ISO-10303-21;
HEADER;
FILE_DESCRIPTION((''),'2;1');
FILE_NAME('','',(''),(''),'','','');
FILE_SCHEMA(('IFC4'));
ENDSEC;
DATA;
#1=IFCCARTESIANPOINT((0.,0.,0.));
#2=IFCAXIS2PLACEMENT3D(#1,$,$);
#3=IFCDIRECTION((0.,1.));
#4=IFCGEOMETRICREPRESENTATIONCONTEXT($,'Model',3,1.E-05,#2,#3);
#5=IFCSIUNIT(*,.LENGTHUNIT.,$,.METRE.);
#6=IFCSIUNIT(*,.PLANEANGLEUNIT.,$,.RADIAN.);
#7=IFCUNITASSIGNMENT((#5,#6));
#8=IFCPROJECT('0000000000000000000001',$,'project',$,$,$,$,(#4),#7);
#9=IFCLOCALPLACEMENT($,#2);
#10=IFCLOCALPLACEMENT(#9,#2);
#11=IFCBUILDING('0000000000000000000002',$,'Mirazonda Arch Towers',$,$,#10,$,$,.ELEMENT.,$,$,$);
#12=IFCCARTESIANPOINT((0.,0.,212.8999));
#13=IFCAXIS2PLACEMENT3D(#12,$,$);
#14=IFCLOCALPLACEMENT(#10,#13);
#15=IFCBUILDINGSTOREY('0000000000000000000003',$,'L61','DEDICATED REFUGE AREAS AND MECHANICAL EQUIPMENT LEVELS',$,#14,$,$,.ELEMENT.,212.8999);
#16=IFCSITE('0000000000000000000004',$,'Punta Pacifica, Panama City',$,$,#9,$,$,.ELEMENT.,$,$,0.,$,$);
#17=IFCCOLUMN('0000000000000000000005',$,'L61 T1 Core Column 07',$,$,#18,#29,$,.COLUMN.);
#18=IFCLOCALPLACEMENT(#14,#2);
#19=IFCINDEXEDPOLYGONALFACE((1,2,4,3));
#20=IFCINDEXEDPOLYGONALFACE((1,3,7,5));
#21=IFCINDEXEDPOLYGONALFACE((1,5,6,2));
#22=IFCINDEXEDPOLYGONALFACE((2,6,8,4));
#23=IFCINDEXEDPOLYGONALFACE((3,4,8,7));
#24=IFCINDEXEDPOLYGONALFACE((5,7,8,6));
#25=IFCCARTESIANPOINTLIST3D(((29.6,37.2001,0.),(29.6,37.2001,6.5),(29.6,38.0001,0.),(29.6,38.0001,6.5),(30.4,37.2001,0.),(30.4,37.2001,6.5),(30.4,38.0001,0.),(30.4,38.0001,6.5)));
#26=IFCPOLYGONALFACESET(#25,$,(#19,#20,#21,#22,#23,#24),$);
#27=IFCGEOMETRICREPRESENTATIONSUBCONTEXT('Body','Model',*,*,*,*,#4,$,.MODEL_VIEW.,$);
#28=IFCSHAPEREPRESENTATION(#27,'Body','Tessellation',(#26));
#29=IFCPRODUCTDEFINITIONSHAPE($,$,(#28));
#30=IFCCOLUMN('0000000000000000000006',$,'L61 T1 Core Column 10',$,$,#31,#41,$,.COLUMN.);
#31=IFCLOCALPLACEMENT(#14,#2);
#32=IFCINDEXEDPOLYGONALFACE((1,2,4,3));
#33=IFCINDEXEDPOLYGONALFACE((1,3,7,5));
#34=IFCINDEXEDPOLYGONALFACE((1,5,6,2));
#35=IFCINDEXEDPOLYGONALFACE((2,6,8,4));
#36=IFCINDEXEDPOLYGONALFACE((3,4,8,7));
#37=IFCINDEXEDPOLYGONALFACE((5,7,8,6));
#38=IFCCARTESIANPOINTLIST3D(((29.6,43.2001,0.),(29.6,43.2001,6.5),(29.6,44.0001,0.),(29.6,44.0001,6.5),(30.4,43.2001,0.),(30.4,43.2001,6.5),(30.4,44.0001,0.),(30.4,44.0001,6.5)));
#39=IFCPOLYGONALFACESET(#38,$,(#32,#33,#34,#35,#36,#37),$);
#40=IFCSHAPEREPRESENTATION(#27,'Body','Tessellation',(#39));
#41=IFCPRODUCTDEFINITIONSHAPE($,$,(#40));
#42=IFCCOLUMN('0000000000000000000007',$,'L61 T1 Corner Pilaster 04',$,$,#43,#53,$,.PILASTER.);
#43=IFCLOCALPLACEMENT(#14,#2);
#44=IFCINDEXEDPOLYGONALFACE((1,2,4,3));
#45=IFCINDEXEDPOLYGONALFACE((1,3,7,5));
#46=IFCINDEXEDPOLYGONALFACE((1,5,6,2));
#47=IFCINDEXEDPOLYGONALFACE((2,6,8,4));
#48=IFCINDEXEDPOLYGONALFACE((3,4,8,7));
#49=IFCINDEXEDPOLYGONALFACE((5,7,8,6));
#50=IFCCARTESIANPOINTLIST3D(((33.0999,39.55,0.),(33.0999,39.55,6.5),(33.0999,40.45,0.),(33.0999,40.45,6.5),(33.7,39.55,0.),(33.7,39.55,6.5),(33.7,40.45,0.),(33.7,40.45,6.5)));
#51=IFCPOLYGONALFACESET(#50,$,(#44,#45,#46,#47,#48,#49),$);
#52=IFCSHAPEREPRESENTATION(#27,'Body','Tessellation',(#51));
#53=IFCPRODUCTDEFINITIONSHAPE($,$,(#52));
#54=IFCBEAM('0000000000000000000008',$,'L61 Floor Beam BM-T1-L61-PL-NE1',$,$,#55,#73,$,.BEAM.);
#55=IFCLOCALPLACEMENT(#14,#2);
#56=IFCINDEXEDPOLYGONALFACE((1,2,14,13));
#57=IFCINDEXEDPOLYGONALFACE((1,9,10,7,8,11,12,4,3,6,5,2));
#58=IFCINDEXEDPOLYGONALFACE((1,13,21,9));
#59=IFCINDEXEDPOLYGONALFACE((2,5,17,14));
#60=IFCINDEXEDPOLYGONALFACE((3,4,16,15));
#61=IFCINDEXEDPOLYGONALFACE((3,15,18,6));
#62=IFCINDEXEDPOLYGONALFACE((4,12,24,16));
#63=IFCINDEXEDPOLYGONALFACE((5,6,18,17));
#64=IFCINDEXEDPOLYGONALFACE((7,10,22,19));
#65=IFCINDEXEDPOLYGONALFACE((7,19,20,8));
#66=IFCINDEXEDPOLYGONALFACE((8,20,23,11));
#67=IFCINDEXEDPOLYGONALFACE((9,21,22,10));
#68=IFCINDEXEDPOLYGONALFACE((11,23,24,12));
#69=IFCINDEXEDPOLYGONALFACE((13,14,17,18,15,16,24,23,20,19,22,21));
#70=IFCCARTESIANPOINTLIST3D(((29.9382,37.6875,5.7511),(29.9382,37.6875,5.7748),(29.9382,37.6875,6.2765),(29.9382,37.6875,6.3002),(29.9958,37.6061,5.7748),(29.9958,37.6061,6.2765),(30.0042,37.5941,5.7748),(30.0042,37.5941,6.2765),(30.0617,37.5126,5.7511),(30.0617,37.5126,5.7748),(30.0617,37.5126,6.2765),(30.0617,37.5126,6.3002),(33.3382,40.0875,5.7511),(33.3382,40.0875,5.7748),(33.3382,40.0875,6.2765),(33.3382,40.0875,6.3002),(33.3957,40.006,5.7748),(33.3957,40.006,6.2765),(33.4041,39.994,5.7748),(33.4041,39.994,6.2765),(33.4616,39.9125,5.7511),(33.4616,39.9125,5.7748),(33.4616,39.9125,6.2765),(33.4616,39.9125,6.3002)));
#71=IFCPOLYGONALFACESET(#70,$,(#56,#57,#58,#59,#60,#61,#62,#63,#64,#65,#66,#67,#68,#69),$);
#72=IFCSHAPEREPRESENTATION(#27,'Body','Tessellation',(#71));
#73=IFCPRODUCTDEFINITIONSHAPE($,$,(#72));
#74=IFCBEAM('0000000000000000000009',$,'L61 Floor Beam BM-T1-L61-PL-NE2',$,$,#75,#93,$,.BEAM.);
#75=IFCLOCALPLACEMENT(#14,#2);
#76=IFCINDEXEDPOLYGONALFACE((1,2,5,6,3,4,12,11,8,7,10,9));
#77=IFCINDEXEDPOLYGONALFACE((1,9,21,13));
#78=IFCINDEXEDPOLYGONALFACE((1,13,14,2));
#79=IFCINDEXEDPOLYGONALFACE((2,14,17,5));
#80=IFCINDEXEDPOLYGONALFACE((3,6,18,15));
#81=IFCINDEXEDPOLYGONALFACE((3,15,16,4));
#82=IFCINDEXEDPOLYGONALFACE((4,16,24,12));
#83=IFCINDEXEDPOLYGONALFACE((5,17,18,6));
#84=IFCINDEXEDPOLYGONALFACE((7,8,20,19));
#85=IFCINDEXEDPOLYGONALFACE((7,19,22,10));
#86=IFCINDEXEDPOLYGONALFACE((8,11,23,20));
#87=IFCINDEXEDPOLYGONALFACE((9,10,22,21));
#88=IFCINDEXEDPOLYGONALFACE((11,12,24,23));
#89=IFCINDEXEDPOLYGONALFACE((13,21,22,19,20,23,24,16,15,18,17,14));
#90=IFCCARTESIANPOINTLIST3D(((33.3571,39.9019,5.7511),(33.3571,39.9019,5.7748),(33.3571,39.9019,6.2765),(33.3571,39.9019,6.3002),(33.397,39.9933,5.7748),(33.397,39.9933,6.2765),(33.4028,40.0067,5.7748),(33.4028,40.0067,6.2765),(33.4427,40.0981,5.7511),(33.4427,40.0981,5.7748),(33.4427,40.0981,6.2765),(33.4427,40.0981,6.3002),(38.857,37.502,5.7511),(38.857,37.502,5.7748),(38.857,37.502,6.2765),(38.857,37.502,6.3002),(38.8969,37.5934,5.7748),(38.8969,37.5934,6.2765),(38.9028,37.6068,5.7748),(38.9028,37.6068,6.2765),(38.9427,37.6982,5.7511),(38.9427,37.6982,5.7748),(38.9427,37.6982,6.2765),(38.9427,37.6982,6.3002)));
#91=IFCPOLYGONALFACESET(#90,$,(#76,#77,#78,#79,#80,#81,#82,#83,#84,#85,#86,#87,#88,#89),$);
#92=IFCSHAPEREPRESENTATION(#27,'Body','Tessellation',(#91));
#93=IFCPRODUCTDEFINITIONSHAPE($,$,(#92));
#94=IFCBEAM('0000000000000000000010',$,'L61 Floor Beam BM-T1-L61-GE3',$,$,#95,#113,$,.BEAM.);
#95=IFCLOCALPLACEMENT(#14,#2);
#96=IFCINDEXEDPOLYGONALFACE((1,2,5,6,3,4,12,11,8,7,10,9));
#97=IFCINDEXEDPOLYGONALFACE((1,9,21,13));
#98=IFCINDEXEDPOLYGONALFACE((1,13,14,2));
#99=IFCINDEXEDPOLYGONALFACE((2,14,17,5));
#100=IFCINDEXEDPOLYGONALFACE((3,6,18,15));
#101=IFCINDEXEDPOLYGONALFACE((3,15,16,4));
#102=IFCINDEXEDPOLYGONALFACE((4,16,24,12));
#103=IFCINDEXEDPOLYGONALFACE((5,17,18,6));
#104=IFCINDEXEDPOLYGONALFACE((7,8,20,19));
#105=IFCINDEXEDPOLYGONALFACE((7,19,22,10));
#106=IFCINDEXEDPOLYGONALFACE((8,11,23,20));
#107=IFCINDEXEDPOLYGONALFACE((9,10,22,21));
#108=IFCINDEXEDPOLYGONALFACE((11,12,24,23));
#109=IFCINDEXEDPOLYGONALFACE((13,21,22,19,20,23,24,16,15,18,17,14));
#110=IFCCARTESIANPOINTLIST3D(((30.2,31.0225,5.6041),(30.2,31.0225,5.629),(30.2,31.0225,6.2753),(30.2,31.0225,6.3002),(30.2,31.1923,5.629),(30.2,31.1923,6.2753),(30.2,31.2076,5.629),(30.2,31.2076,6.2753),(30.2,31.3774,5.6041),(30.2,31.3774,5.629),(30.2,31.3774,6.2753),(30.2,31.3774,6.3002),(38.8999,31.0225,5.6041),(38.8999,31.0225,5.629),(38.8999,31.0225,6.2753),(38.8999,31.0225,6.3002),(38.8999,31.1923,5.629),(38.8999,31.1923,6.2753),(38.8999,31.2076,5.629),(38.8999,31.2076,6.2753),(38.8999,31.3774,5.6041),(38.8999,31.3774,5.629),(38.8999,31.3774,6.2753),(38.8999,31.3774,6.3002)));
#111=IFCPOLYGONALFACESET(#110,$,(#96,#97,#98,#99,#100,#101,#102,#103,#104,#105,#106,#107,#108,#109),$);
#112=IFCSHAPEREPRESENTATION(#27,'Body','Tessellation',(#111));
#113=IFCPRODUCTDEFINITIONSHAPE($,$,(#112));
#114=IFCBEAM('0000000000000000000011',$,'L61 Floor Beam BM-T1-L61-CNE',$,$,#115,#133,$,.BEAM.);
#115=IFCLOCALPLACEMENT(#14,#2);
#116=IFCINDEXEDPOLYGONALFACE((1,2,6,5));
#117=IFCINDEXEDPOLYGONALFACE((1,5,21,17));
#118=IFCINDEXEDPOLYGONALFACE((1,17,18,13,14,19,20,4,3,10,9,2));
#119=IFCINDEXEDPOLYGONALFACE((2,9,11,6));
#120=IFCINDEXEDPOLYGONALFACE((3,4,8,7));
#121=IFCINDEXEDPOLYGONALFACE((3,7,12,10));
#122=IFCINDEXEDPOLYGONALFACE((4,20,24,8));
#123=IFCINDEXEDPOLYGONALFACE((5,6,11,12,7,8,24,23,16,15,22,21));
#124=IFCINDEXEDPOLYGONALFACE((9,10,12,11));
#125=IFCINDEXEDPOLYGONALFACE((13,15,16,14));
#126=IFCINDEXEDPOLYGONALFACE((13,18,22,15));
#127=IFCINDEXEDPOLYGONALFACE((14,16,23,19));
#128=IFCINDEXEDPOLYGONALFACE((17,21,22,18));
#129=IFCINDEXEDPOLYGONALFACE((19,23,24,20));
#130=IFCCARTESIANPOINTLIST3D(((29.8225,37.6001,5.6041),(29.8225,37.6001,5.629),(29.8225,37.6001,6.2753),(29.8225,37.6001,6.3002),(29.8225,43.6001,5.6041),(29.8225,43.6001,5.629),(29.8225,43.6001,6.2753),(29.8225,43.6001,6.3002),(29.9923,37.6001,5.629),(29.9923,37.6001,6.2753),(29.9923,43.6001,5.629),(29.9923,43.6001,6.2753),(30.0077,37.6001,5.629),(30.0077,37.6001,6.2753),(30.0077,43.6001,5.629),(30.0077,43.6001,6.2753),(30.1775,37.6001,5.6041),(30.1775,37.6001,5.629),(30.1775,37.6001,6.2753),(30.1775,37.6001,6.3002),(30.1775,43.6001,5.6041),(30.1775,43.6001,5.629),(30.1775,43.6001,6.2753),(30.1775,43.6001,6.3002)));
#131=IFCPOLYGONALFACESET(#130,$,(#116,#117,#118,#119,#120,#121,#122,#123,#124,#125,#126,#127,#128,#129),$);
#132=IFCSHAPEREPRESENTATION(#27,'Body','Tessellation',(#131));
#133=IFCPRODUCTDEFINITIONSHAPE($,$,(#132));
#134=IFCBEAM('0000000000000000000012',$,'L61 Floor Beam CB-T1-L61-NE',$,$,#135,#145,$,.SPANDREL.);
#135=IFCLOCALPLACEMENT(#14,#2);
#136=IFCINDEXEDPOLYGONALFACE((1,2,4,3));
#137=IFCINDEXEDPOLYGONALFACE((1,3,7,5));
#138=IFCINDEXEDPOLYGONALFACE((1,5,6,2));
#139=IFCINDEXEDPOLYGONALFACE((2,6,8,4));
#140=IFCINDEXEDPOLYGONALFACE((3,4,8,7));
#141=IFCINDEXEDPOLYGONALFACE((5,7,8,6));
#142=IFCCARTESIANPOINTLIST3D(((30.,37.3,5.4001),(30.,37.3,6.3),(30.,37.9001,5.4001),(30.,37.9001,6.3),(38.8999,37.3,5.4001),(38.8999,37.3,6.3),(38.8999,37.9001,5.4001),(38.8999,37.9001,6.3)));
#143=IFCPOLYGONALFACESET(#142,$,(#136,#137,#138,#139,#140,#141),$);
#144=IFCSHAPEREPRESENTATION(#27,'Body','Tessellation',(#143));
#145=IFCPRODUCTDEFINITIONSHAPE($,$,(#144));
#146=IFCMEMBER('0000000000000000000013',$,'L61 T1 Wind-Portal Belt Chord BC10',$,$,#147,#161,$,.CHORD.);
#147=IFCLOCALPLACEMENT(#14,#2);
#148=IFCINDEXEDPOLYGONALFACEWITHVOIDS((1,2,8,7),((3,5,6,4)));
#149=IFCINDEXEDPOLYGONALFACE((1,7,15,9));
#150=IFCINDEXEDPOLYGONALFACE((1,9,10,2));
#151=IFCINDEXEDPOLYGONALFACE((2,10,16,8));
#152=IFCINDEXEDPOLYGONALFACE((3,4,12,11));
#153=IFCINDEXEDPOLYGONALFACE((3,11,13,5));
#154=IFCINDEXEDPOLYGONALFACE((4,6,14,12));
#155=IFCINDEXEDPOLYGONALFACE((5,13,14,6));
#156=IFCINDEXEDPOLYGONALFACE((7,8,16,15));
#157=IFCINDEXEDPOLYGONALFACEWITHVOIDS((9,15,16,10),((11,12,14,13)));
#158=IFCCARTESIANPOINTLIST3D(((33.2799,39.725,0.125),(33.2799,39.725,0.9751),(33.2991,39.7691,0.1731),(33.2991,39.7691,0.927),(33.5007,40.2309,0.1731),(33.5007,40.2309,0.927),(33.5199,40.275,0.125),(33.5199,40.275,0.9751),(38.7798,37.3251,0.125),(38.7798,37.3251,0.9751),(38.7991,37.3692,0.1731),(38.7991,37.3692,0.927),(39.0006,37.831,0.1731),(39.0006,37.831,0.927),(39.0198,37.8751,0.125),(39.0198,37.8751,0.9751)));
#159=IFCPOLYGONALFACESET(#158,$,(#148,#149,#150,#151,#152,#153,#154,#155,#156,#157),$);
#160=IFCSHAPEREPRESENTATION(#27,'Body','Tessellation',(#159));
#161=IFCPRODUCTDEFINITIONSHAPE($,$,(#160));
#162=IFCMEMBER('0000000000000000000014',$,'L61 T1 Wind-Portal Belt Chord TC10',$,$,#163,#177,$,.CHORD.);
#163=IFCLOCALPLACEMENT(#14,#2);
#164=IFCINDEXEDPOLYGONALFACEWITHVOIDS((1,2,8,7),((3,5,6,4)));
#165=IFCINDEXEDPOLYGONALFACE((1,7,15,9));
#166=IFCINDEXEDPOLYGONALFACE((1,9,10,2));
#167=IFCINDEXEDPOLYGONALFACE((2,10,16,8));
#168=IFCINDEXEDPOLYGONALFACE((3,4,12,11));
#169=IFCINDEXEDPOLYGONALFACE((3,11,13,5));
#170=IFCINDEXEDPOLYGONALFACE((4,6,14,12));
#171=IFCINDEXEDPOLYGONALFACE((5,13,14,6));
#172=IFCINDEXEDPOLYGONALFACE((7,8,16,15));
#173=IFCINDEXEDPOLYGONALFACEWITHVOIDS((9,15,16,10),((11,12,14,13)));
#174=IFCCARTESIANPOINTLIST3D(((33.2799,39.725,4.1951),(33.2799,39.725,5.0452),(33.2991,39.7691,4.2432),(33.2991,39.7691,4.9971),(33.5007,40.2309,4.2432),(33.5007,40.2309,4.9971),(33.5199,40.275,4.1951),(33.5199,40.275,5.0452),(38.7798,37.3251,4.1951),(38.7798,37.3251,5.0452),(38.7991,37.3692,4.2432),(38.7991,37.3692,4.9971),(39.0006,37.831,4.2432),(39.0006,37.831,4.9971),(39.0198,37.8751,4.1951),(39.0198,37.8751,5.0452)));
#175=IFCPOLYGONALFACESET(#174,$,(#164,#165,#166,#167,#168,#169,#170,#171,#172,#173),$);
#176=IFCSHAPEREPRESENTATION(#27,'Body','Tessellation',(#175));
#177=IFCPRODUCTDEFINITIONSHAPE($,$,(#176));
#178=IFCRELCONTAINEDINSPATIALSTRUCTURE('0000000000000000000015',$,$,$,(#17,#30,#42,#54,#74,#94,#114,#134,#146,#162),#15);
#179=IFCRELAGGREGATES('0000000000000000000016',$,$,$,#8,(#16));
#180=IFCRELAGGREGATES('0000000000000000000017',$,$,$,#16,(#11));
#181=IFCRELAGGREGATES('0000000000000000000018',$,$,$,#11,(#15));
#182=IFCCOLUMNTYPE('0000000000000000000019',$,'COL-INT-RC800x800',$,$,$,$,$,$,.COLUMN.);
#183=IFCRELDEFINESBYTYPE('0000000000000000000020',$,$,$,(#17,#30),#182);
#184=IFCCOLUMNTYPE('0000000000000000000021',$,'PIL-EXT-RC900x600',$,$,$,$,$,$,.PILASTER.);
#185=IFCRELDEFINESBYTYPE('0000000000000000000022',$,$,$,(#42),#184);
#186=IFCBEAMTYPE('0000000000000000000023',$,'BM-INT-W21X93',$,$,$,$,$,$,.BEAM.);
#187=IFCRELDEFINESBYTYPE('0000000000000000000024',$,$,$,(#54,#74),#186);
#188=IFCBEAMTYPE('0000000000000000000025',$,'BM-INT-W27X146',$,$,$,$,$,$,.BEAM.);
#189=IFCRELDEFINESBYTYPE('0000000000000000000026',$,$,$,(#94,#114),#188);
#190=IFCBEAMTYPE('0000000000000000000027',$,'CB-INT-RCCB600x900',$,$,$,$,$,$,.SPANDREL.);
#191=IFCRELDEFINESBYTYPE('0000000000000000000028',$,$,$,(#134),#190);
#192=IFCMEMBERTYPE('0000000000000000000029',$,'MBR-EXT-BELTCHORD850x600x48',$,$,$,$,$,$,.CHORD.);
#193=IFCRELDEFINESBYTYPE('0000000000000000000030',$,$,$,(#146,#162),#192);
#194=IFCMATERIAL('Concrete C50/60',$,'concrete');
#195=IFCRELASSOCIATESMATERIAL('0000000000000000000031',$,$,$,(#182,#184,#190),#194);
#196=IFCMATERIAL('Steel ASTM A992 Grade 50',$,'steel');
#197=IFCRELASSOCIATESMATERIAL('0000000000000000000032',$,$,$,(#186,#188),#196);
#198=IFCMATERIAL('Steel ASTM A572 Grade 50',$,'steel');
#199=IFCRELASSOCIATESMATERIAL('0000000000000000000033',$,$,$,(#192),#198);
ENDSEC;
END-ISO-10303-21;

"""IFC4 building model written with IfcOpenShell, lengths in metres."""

from ifc_helpers import new_model, si_unit, direction, frame, origin, origin_2d, place, context, subcontext, project, spatial, rectangle, hollow_rectangle, i_section, extrude, material, material_profile, profile_set, type_object, element, save


model = new_model("IFC4")

# Units and contexts
model_context = context("Model", 3, precision=1e-05, world=origin(), true_north=direction((0.0, 1.0)))
body_context = subcontext(model_context, "Body", "Model", "MODEL_VIEW")
ifc_project = project(units=[si_unit("LENGTHUNIT", "METRE"), si_unit("PLANEANGLEUNIT", "RADIAN")], contexts=[model_context])

# Site, building, storey
site_placement = place(None, origin())
site = spatial("IfcSite", under=ifc_project, at=site_placement, Name="Punta Pacifica, Panama City", CompositionType="ELEMENT", RefElevation=0.0)
building_placement = place(site_placement, origin())
building = spatial("IfcBuilding", under=site, at=building_placement, Name="Mirazonda Arch Towers", CompositionType="ELEMENT")
storey_placement = place(building_placement, frame((0.0, 0.0, 212.8999)))
storey = spatial("IfcBuildingStorey", under=building, at=storey_placement, Name="L61", Description="DEDICATED REFUGE AREAS AND MECHANICAL EQUIPMENT LEVELS", CompositionType="ELEMENT", Elevation=212.8999)

# Columns
ifc_material_1 = material(Name="Concrete C50/60", Category="concrete")
ifc_material_profile_1 = material_profile(ifc_material_1, rectangle(XDim=0.8, YDim=0.8, at=origin_2d()), Name="RC800x800")
ifc_profile_set_1 = profile_set([ifc_material_profile_1], Name="Concrete C50/60")
column_type_1 = type_object("IfcColumnType", Name="COL-INT-RC800x800", PredefinedType="COLUMN", material=ifc_profile_set_1)
for number, where, z_axis, x_axis, name in (
    (1, (30.0, 37.6001, 0.0), (0.0, 0.0, 1.0), (1.0, 0.0, 0.0), "L61 T1 Core Column 07"),
    (2, (30.0, 43.6001, 0.0), (0.0, 0.0, 1.0), (1.0, 0.0, 0.0), "L61 T1 Core Column 10"),
):
    element("IfcColumn", number, at=place(storey_placement, frame(where, z_axis=z_axis, x_axis=x_axis)), inside=storey, type_object=column_type_1, Name=name, PredefinedType="COLUMN", context=body_context, shape_type="SweptSolid", body=[
        extrude(rectangle(XDim=0.8, YDim=0.8, at=origin_2d()), origin(), (0.0, 0.0, 1.0), 6.5),
    ])
ifc_material_profile_2 = material_profile(ifc_material_1, rectangle(XDim=0.6001, YDim=0.8999, at=origin_2d()), Name="RC900x600")
ifc_profile_set_2 = profile_set([ifc_material_profile_2], Name="Concrete C50/60")
column_type_2 = type_object("IfcColumnType", Name="PIL-EXT-RC900x600", PredefinedType="PILASTER", material=ifc_profile_set_2)
column_placement = place(storey_placement, frame((33.3999, 40.0, 0.0), z_axis=(0.0, 0.0, 1.0), x_axis=(1.0, 0.0, 0.0)))
element("IfcColumn", 3, at=column_placement, inside=storey, type_object=column_type_2, Name="L61 T1 Corner Pilaster 04", PredefinedType="PILASTER", context=body_context, shape_type="SweptSolid", body=[
    extrude(rectangle(XDim=0.6001, YDim=0.8999, at=origin_2d()), origin(), (0.0, 0.0, 1.0), 6.5),
])

# Beams
ifc_material_2 = material(Name="Steel ASTM A992 Grade 50", Category="steel")
ifc_material_profile_3 = material_profile(ifc_material_2, i_section(OverallWidth=0.2141, OverallDepth=0.5491, WebThickness=0.0146, FlangeThickness=0.0237, at=origin_2d()), Name="W21X93")
ifc_profile_set_3 = profile_set([ifc_material_profile_3], Name="Steel ASTM A992 Grade 50")
beam_type_1 = type_object("IfcBeamType", Name="BM-INT-W21X93", PredefinedType="BEAM", material=ifc_profile_set_3)
beam_1_placement = place(storey_placement, frame((33.3999, 40.0, 6.0256), z_axis=(-0.816971, -0.576679, 0.0), x_axis=(0.576679, -0.816971, 0.0)))
element("IfcBeam", 4, at=beam_1_placement, inside=storey, type_object=beam_type_1, Name="L61 Floor Beam BM-T1-L61-PL-NE1", PredefinedType="BEAM", context=body_context, shape_type="SweptSolid", body=[
    extrude(i_section(OverallWidth=0.2141, OverallDepth=0.5491, WebThickness=0.0146, FlangeThickness=0.0237, at=origin_2d()), origin(), (0.0, 0.0, 1.0), 4.1616),
])
beam_2_placement = place(storey_placement, frame((33.3999, 40.0, 6.0256), z_axis=(0.916545, -0.399931, 0.0), x_axis=(0.399931, 0.916545, 0.0)))
element("IfcBeam", 5, at=beam_2_placement, inside=storey, type_object=beam_type_1, Name="L61 Floor Beam BM-T1-L61-PL-NE2", PredefinedType="BEAM", context=body_context, shape_type="SweptSolid", body=[
    extrude(i_section(OverallWidth=0.2141, OverallDepth=0.5491, WebThickness=0.0146, FlangeThickness=0.0237, at=origin_2d()), origin(), (0.0, 0.0, 1.0), 6.0007),
])
ifc_material_profile_4 = material_profile(ifc_material_2, i_section(OverallWidth=0.355, OverallDepth=0.696, WebThickness=0.0154, FlangeThickness=0.0249, at=origin_2d()), Name="W27X146")
ifc_profile_set_4 = profile_set([ifc_material_profile_4], Name="Steel ASTM A992 Grade 50")
beam_type_2 = type_object("IfcBeamType", Name="BM-INT-W27X146", PredefinedType="BEAM", material=ifc_profile_set_4)
beam_3_placement = place(storey_placement, frame((30.2, 31.2, 5.9521), z_axis=(1.0, 0.0, 0.0), x_axis=(0.0, 1.0, 0.0)))
element("IfcBeam", 6, at=beam_3_placement, inside=storey, type_object=beam_type_2, Name="L61 Floor Beam BM-T1-L61-GE3", PredefinedType="BEAM", context=body_context, shape_type="SweptSolid", body=[
    extrude(i_section(OverallWidth=0.355, OverallDepth=0.696, WebThickness=0.0154, FlangeThickness=0.0249, at=origin_2d()), origin(), (0.0, 0.0, 1.0), 8.7),
])
beam_4_placement = place(storey_placement, frame((30.0, 37.6001, 5.9521), z_axis=(0.0, 1.0, 0.0), x_axis=(-1.0, 0.0, 0.0)))
element("IfcBeam", 7, at=beam_4_placement, inside=storey, type_object=beam_type_2, Name="L61 Floor Beam BM-T1-L61-CNE", PredefinedType="BEAM", context=body_context, shape_type="SweptSolid", body=[
    extrude(i_section(OverallWidth=0.355, OverallDepth=0.696, WebThickness=0.0154, FlangeThickness=0.0249, at=origin_2d()), origin(), (0.0, 0.0, 1.0), 6.0),
])
ifc_material_profile_5 = material_profile(ifc_material_1, rectangle(XDim=0.6001, YDim=0.8999, at=origin_2d()), Name="RCCB600x900")
ifc_profile_set_5 = profile_set([ifc_material_profile_5], Name="Concrete C50/60")
beam_type_3 = type_object("IfcBeamType", Name="CB-INT-RCCB600x900", PredefinedType="SPANDREL", material=ifc_profile_set_5)
beam_5_placement = place(storey_placement, frame((30.0, 37.6001, 5.8501), z_axis=(1.0, 0.0, 0.0), x_axis=(0.0, 1.0, 0.0)))
element("IfcBeam", 8, at=beam_5_placement, inside=storey, type_object=beam_type_3, Name="L61 Floor Beam CB-T1-L61-NE", PredefinedType="SPANDREL", context=body_context, shape_type="SweptSolid", body=[
    extrude(rectangle(XDim=0.6001, YDim=0.8999, at=origin_2d()), origin(), (0.0, 0.0, 1.0), 8.8999),
])

# Members
ifc_material_3 = material(Name="Steel ASTM A572 Grade 50", Category="steel")
ifc_material_profile_6 = material_profile(ifc_material_3, hollow_rectangle(XDim=0.6001, YDim=0.8501, WallThickness=0.0481, at=origin_2d()), Name="BELTCHORD850x600x48")
ifc_profile_set_6 = profile_set([ifc_material_profile_6], Name="Steel ASTM A572 Grade 50")
member_type_1 = type_object("IfcMemberType", Name="MBR-EXT-BELTCHORD850x600x48", PredefinedType="CHORD", material=ifc_profile_set_6)
for number, where, z_axis, x_axis, name in (
    (9, (33.3999, 40.0, 0.55), (0.916545, -0.399931, 0.0), (0.399931, 0.916545, 0.0), "L61 T1 Wind-Portal Belt Chord BC10"),
    (10, (33.3999, 40.0, 4.6201), (0.916545, -0.399931, 0.0), (0.399931, 0.916545, 0.0), "L61 T1 Wind-Portal Belt Chord TC10"),
):
    element("IfcMember", number, at=place(storey_placement, frame(where, z_axis=z_axis, x_axis=x_axis)), inside=storey, type_object=member_type_1, Name=name, PredefinedType="CHORD", context=body_context, shape_type="SweptSolid", body=[
        extrude(hollow_rectangle(XDim=0.6001, YDim=0.8501, WallThickness=0.0481, at=origin_2d()), origin(), (0.0, 0.0, 1.0), 6.0007),
    ])

save(model, "model.ifc")
